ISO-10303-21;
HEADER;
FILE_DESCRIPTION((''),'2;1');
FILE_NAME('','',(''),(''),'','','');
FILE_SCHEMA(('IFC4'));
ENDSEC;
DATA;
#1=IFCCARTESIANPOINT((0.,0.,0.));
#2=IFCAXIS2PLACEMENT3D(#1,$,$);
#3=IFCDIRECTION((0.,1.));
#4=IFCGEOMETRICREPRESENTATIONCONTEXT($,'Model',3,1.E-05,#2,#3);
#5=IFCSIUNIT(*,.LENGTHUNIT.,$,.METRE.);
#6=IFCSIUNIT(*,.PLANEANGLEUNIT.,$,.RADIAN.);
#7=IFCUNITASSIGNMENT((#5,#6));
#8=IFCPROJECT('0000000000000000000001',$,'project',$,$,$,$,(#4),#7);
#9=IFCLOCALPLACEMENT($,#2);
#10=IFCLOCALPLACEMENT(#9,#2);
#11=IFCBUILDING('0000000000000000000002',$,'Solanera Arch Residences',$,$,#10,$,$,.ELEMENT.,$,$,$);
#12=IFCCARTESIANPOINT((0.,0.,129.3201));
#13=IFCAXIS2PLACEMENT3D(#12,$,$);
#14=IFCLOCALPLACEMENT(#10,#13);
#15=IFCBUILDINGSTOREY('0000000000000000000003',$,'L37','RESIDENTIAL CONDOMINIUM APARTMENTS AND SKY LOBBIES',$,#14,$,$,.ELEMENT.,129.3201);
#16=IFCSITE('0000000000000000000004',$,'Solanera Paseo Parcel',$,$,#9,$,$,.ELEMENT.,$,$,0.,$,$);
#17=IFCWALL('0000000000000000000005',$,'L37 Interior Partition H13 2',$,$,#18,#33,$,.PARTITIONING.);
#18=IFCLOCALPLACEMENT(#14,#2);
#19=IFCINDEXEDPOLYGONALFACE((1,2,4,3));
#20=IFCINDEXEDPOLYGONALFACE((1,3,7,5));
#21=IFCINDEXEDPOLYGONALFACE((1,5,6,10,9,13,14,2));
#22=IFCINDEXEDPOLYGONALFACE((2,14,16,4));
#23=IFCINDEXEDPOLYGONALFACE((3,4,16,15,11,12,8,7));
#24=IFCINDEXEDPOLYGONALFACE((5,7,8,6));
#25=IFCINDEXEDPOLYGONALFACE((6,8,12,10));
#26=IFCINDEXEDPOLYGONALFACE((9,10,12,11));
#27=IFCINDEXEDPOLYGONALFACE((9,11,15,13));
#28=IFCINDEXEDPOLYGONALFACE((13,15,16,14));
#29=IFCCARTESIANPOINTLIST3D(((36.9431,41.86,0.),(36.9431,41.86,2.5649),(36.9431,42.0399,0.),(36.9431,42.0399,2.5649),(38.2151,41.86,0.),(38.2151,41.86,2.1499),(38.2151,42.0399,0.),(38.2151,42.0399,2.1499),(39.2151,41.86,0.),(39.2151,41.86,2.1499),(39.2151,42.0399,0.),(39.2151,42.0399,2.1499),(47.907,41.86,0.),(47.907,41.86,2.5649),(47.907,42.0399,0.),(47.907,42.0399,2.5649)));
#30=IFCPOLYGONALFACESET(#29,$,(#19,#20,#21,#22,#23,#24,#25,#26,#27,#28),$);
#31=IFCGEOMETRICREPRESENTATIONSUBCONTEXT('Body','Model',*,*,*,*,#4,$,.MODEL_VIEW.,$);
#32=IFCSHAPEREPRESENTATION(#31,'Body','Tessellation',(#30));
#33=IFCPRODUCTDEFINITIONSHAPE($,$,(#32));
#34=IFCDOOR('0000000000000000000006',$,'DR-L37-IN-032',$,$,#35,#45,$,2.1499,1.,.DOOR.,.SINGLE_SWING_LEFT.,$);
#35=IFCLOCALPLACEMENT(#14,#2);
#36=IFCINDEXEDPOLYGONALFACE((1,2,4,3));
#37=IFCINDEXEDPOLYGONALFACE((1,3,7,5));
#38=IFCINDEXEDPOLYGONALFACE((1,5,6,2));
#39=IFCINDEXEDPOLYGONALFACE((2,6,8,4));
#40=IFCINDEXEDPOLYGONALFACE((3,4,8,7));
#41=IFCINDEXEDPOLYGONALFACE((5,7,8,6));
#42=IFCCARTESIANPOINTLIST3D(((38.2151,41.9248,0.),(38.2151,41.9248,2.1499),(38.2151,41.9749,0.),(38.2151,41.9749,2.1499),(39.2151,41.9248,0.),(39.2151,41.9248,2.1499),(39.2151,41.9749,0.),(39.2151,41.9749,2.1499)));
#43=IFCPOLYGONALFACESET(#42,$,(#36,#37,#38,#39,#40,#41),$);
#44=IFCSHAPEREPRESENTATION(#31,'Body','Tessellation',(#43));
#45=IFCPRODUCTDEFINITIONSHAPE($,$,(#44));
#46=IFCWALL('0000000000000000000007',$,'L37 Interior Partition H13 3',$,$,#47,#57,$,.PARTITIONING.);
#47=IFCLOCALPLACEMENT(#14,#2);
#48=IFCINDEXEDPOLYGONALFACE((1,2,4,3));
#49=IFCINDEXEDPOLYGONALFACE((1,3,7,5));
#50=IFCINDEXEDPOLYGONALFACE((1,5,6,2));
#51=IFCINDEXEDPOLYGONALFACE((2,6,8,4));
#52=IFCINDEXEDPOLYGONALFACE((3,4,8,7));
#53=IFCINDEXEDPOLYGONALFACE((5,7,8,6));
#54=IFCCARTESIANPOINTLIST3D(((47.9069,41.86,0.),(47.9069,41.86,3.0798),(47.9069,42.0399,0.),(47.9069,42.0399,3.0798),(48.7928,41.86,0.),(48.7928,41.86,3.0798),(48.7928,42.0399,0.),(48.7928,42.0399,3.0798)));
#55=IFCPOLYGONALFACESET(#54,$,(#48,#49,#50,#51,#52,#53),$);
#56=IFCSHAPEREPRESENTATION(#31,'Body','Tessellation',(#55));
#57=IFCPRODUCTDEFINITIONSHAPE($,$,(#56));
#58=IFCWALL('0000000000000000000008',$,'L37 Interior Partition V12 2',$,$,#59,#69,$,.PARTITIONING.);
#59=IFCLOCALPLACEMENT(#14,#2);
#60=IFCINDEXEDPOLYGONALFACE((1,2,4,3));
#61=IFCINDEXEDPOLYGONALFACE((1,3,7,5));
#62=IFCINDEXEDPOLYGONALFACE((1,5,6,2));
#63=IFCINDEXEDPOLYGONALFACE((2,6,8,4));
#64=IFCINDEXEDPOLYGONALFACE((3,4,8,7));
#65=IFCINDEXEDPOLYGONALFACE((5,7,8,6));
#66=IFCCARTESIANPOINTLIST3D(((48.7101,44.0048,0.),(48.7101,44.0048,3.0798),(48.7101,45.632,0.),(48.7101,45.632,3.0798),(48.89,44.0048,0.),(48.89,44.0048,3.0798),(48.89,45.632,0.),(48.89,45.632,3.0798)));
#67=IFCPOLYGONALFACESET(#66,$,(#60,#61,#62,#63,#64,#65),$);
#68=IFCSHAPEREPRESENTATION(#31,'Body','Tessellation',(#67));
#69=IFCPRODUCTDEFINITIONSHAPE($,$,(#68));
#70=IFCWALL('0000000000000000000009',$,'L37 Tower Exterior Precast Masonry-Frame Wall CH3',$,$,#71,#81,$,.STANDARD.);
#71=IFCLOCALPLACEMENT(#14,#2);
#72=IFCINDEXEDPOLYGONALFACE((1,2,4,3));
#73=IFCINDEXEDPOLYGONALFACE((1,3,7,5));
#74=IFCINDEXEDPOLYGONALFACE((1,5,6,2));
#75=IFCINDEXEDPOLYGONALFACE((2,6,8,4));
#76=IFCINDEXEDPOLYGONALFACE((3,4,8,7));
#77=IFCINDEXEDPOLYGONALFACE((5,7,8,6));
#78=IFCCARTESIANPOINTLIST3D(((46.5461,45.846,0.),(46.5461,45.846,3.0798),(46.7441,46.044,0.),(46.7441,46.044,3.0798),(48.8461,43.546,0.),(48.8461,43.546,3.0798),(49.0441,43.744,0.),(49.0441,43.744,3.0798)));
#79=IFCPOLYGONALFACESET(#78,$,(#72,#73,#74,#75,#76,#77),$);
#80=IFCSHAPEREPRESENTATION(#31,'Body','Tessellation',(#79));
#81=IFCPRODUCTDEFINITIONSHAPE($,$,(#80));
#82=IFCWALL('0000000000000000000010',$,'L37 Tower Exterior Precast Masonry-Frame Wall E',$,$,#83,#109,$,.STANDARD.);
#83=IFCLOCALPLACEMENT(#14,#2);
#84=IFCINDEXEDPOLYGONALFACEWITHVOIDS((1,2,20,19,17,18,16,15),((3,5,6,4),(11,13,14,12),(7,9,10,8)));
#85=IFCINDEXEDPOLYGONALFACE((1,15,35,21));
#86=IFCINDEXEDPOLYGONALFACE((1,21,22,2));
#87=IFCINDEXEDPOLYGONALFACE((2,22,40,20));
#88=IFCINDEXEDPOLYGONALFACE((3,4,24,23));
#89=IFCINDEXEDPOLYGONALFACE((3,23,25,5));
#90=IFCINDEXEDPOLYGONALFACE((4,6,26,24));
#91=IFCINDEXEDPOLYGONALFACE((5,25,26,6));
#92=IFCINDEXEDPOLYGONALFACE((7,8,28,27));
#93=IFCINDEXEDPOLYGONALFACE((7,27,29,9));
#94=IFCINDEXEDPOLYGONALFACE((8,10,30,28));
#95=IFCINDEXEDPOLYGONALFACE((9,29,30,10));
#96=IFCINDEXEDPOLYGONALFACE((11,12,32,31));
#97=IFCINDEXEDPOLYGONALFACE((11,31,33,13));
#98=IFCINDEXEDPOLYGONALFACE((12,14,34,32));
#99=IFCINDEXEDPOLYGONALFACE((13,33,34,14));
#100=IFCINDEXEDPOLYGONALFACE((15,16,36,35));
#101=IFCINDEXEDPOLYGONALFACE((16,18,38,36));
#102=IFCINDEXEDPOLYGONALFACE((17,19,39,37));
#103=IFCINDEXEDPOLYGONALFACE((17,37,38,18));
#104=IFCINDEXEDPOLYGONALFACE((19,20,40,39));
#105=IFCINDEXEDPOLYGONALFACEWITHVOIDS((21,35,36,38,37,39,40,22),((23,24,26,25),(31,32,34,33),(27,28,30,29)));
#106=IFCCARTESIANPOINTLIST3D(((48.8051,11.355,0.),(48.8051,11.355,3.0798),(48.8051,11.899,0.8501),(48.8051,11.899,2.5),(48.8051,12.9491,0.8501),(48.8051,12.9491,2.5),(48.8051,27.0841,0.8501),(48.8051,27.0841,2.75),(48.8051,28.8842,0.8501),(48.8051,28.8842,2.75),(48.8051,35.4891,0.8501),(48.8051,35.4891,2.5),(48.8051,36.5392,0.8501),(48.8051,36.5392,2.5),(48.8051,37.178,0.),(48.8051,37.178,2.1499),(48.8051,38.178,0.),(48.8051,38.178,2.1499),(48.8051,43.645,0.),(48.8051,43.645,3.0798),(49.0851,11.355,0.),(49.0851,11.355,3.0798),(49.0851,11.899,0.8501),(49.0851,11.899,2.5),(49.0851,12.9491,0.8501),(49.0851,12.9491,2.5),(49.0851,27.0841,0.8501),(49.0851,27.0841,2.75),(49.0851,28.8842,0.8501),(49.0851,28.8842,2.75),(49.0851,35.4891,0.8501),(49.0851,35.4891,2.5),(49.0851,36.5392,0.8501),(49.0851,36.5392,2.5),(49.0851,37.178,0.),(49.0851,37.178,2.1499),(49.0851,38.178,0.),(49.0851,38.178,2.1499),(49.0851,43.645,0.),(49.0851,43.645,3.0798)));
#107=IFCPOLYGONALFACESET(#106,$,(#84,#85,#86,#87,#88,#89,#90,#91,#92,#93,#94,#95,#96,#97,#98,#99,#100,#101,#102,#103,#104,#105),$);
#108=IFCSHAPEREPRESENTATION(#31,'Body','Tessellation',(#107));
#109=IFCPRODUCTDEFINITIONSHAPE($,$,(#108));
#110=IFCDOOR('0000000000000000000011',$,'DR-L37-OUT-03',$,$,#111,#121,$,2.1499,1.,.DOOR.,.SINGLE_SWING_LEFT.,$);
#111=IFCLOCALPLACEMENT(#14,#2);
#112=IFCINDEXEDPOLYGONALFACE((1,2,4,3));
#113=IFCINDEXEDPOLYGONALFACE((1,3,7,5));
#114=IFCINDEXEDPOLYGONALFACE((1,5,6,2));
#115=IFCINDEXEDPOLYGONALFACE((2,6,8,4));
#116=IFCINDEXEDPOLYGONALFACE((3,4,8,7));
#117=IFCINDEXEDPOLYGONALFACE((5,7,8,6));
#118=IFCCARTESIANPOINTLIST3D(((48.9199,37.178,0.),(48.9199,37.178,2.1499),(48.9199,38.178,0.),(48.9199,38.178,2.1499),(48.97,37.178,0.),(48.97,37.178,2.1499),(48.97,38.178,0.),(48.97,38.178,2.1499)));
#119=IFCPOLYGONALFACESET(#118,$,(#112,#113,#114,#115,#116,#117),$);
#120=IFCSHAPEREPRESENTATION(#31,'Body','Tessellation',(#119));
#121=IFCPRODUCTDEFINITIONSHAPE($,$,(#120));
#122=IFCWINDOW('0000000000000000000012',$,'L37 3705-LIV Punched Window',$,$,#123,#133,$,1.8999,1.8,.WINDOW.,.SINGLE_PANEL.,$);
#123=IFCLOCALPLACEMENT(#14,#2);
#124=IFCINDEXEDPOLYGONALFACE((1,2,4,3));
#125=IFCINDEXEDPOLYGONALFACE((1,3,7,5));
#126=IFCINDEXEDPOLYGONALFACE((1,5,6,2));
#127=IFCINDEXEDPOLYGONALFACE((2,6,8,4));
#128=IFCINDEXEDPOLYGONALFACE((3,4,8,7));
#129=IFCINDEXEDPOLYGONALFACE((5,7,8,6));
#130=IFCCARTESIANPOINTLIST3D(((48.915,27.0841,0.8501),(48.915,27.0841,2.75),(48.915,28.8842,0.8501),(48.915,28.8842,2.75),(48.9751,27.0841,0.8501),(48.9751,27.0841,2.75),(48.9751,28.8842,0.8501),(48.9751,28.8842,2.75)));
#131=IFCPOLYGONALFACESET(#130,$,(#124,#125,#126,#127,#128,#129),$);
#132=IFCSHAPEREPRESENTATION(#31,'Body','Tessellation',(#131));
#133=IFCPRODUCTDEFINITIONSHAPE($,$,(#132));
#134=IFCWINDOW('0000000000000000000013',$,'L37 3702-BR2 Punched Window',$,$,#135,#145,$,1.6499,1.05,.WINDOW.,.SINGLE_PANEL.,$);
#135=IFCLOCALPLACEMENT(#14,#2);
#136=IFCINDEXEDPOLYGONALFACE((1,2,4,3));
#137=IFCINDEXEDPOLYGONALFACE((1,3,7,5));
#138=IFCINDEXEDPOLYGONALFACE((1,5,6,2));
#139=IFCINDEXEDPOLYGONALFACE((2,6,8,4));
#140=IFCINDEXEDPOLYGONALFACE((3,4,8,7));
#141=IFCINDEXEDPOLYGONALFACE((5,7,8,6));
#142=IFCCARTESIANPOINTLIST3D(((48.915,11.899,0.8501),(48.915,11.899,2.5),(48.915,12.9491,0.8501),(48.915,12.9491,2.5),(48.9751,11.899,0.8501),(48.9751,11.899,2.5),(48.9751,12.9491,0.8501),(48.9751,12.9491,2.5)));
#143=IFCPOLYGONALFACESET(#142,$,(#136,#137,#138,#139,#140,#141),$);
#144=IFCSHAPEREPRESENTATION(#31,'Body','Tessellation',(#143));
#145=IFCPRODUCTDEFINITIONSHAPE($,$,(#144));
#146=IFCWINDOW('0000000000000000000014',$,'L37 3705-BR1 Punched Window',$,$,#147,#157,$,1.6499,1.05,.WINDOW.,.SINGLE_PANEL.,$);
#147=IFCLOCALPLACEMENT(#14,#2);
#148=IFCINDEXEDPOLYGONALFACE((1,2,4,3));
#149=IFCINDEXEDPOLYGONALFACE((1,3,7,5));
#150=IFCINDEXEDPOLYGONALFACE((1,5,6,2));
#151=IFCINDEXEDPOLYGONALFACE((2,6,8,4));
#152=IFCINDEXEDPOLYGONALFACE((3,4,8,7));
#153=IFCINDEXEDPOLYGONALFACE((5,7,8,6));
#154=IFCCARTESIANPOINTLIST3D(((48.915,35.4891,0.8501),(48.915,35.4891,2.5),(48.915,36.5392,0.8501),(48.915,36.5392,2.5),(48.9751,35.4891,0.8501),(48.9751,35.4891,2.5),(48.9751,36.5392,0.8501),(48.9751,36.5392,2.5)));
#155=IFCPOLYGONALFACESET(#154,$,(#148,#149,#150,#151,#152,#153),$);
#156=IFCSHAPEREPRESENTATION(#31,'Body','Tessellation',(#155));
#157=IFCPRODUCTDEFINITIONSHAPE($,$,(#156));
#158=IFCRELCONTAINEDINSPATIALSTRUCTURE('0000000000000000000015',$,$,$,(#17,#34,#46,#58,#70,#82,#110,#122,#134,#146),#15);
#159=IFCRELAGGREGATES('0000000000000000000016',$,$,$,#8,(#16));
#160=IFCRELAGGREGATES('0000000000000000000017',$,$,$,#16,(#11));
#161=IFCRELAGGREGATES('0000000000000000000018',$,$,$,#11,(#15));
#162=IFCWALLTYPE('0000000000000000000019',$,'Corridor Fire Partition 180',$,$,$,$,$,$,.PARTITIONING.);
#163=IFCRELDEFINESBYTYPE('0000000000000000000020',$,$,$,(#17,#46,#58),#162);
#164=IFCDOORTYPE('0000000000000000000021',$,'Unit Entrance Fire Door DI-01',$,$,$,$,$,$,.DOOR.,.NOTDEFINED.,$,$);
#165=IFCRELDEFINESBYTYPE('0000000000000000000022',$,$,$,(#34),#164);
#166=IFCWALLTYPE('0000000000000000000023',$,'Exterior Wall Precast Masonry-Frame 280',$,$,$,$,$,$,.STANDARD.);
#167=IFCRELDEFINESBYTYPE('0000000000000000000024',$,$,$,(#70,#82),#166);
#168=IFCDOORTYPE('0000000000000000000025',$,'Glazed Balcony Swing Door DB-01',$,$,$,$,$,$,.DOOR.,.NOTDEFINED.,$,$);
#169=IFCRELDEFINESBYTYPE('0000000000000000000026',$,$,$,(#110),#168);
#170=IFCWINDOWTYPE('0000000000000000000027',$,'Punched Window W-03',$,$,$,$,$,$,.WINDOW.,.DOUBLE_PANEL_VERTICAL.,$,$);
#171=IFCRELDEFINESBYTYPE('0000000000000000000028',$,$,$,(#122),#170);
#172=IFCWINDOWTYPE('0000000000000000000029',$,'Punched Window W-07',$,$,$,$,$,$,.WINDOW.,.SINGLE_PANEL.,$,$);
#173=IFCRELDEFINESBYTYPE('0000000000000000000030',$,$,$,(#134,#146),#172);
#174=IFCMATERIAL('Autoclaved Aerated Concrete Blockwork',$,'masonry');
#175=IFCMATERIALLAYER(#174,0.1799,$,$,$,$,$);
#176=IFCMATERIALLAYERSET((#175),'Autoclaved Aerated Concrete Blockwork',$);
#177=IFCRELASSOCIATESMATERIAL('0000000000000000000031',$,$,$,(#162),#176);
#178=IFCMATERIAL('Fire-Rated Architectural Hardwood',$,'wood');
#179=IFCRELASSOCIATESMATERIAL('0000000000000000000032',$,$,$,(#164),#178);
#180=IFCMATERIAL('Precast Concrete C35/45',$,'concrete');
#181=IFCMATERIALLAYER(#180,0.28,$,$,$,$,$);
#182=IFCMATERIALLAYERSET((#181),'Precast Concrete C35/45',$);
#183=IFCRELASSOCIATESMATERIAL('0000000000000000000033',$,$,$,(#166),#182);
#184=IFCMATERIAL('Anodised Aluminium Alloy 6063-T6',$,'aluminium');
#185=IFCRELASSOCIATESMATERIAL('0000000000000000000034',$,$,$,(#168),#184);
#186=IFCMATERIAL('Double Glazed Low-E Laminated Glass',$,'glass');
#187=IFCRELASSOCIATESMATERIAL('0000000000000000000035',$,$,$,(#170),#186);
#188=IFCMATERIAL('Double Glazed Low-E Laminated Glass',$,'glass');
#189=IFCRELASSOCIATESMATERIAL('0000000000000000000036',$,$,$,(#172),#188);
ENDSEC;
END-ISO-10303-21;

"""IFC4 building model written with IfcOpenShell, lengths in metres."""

from ifc_helpers import new_model, si_unit, direction, frame, frame_2d, origin, place, context, subcontext, project, spatial, rectangle, extrude, material, layer, layer_set, type_object, element, fill, save


model = new_model("IFC4")

# Units and contexts
model_context = context("Model", 3, precision=1e-05, world=origin(), true_north=direction((0.0, 1.0)))
body_context = subcontext(model_context, "Body", "Model", "MODEL_VIEW")
ifc_project = project(units=[si_unit("LENGTHUNIT", "METRE"), si_unit("PLANEANGLEUNIT", "RADIAN")], contexts=[model_context])

# Site, building, storey
site_placement = place(None, origin())
site = spatial("IfcSite", under=ifc_project, at=site_placement, Name="Solanera Paseo Parcel", CompositionType="ELEMENT", RefElevation=0.0)
building_placement = place(site_placement, origin())
building = spatial("IfcBuilding", under=site, at=building_placement, Name="Solanera Arch Residences", CompositionType="ELEMENT")
storey_placement = place(building_placement, frame((0.0, 0.0, 129.3201)))
storey = spatial("IfcBuildingStorey", under=building, at=storey_placement, Name="L37", Description="RESIDENTIAL CONDOMINIUM APARTMENTS AND SKY LOBBIES", CompositionType="ELEMENT", Elevation=129.3201)

# Shared definitions
ifc_material_1 = material(Name="Autoclaved Aerated Concrete Blockwork", Category="masonry")
ifc_layer_1 = layer(ifc_material_1, 0.1799)
ifc_layer_set_1 = layer_set([ifc_layer_1], Name="Autoclaved Aerated Concrete Blockwork")
wall_type_1 = type_object("IfcWallType", Name="Corridor Fire Partition 180", PredefinedType="PARTITIONING", material=ifc_layer_set_1)

# Wall, opening, door
wall_1_placement = place(storey_placement, frame((36.9431, 41.95, 0.0), z_axis=(0.0, 0.0, 1.0), x_axis=(1.0, 0.0, 0.0)))
wall_1 = element("IfcWall", 1, at=wall_1_placement, inside=storey, type_object=wall_type_1, Name="L37 Interior Partition H13 2", PredefinedType="PARTITIONING", context=body_context, shape_type="SweptSolid", body=[
    extrude(rectangle(XDim=10.9639, YDim=0.1799, at=frame_2d((5.4819, 0.0))), origin(), (0.0, 0.0, 1.0), 2.5649),
])
opening_1_placement = place(wall_1_placement, frame((1.272, 0.0, 0.0)))
opening_1 = element("IfcOpeningElement", 2, at=opening_1_placement, cuts=wall_1, PredefinedType="OPENING", context=body_context, shape_type="SweptSolid", body=[
    extrude(rectangle(XDim=1.0, YDim=2.1499, at=frame_2d((0.5, 1.075))), frame((0.0, 0.1001, 0.0), z_axis=(0.0, -1.0, 0.0), x_axis=(1.0, 0.0, 0.0)), (0.0, 0.0, 1.0), 0.1999),
])
ifc_material_2 = material(Name="Fire-Rated Architectural Hardwood", Category="wood")
door_type_1 = type_object("IfcDoorType", Name="Unit Entrance Fire Door DI-01", OperationType="NOTDEFINED", PredefinedType="DOOR", material=ifc_material_2)
door_1_placement = place(opening_1_placement, origin())
door_1 = element("IfcDoor", 3, at=door_1_placement, inside=storey, type_object=door_type_1, Name="DR-L37-IN-032", OperationType="SINGLE_SWING_LEFT", OverallHeight=2.1499, OverallWidth=1.0, PredefinedType="DOOR", context=body_context, shape_type="SweptSolid", body=[
    extrude(rectangle(XDim=1.0, YDim=2.1499, at=frame_2d((0.5, 1.075))), frame((0.0, 0.0249, 0.0), z_axis=(0.0, -1.0, 0.0), x_axis=(1.0, 0.0, 0.0)), (0.0, 0.0, 1.0), 0.05),
])
fill(opening_1, door_1)

# Walls
wall_2_placement = place(storey_placement, frame((47.907, 41.95, 0.0), z_axis=(0.0, 0.0, 1.0), x_axis=(1.0, 0.0, 0.0)))
element("IfcWall", 4, at=wall_2_placement, inside=storey, type_object=wall_type_1, Name="L37 Interior Partition H13 3", PredefinedType="PARTITIONING", context=body_context, shape_type="SweptSolid", body=[
    extrude(rectangle(XDim=0.886, YDim=0.1799, at=frame_2d((0.4429, 0.0))), origin(), (0.0, 0.0, 1.0), 3.0798),
])
wall_3_placement = place(storey_placement, frame((48.8, 44.0049, 0.0), z_axis=(0.0, 0.0, 1.0), x_axis=(0.0, 1.0, 0.0)))
element("IfcWall", 5, at=wall_3_placement, inside=storey, type_object=wall_type_1, Name="L37 Interior Partition V12 2", PredefinedType="PARTITIONING", context=body_context, shape_type="SweptSolid", body=[
    extrude(rectangle(XDim=1.6272, YDim=0.1799, at=frame_2d((0.8135, 0.0))), origin(), (0.0, 0.0, 1.0), 3.0798),
])
ifc_material_3 = material(Name="Precast Concrete C35/45", Category="concrete")
ifc_layer_2 = layer(ifc_material_3, 0.28)
ifc_layer_set_2 = layer_set([ifc_layer_2], Name="Precast Concrete C35/45")
wall_type_2 = type_object("IfcWallType", Name="Exterior Wall Precast Masonry-Frame 280", PredefinedType="STANDARD", material=ifc_layer_set_2)
wall_4_placement = place(storey_placement, frame((46.645, 45.9451, 0.0), z_axis=(0.0, 0.0, 1.0), x_axis=(0.707107, -0.707107, 0.0)))
element("IfcWall", 6, at=wall_4_placement, inside=storey, type_object=wall_type_2, Name="L37 Tower Exterior Precast Masonry-Frame Wall CH3", PredefinedType="STANDARD", context=body_context, shape_type="SweptSolid", body=[
    extrude(rectangle(XDim=3.2527, YDim=0.28, at=frame_2d((1.6265, 0.0))), origin(), (0.0, 0.0, 1.0), 3.0798),
])

# Wall, openings, door, windows
wall_5_placement = place(storey_placement, frame((48.9451, 43.645, 0.0), z_axis=(0.0, 0.0, 1.0), x_axis=(0.0, -1.0, 0.0)))
wall_5 = element("IfcWall", 7, at=wall_5_placement, inside=storey, type_object=wall_type_2, Name="L37 Tower Exterior Precast Masonry-Frame Wall E", PredefinedType="STANDARD", context=body_context, shape_type="SweptSolid", body=[
    extrude(rectangle(XDim=32.29, YDim=0.28, at=frame_2d((16.145, 0.0))), origin(), (0.0, 0.0, 1.0), 3.0798),
])
opening_2_placement = place(wall_5_placement, frame((5.467, 0.0, 0.0)))
opening_2 = element("IfcOpeningElement", 8, at=opening_2_placement, cuts=wall_5, PredefinedType="OPENING", context=body_context, shape_type="SweptSolid", body=[
    extrude(rectangle(XDim=1.0, YDim=2.1499, at=frame_2d((0.5, 1.075))), frame((0.0, 0.1499, 0.0), z_axis=(0.0, -1.0, 0.0), x_axis=(1.0, 0.0, 0.0)), (0.0, 0.0, 1.0), 0.3),
])
opening_3_placement = place(wall_5_placement, frame((30.696, 0.0, 0.8501)))
opening_3 = element("IfcOpeningElement", 9, at=opening_3_placement, cuts=wall_5, PredefinedType="OPENING", context=body_context, shape_type="SweptSolid", body=[
    extrude(rectangle(XDim=1.05, YDim=1.6499, at=frame_2d((0.5249, 0.825))), frame((0.0, 0.1499, 0.0), z_axis=(0.0, -1.0, 0.0), x_axis=(1.0, 0.0, 0.0)), (0.0, 0.0, 1.0), 0.3),
])
opening_4_placement = place(wall_5_placement, frame((14.761, 0.0, 0.8501)))
opening_4 = element("IfcOpeningElement", 10, at=opening_4_placement, cuts=wall_5, PredefinedType="OPENING", context=body_context, shape_type="SweptSolid", body=[
    extrude(rectangle(XDim=1.8, YDim=1.8999, at=frame_2d((0.8999, 0.95))), frame((0.0, 0.1499, 0.0), z_axis=(0.0, -1.0, 0.0), x_axis=(1.0, 0.0, 0.0)), (0.0, 0.0, 1.0), 0.3),
])
opening_5_placement = place(wall_5_placement, frame((7.106, 0.0, 0.8501)))
opening_5 = element("IfcOpeningElement", 11, at=opening_5_placement, cuts=wall_5, PredefinedType="OPENING", context=body_context, shape_type="SweptSolid", body=[
    extrude(rectangle(XDim=1.05, YDim=1.6499, at=frame_2d((0.5249, 0.825))), frame((0.0, 0.1499, 0.0), z_axis=(0.0, -1.0, 0.0), x_axis=(1.0, 0.0, 0.0)), (0.0, 0.0, 1.0), 0.3),
])
ifc_material_4 = material(Name="Anodised Aluminium Alloy 6063-T6", Category="aluminium")
door_type_2 = type_object("IfcDoorType", Name="Glazed Balcony Swing Door DB-01", OperationType="NOTDEFINED", PredefinedType="DOOR", material=ifc_material_4)
door_2_placement = place(opening_2_placement, origin())
door_2 = element("IfcDoor", 12, at=door_2_placement, inside=storey, type_object=door_type_2, Name="DR-L37-OUT-03", OperationType="SINGLE_SWING_LEFT", OverallHeight=2.1499, OverallWidth=1.0, PredefinedType="DOOR", context=body_context, shape_type="SweptSolid", body=[
    extrude(rectangle(XDim=1.0, YDim=2.1499, at=frame_2d((0.5, 1.075))), frame((0.0, 0.0249, 0.0), z_axis=(0.0, -1.0, 0.0), x_axis=(1.0, 0.0, 0.0)), (0.0, 0.0, 1.0), 0.05),
])
fill(opening_2, door_2)
ifc_material_5 = material(Name="Double Glazed Low-E Laminated Glass", Category="glass")
window_type_1 = type_object("IfcWindowType", Name="Punched Window W-03", PartitioningType="DOUBLE_PANEL_VERTICAL", PredefinedType="WINDOW", material=ifc_material_5)
window_1_placement = place(opening_4_placement, origin())
window_1 = element("IfcWindow", 13, at=window_1_placement, inside=storey, type_object=window_type_1, Name="L37 3705-LIV Punched Window", OverallHeight=1.8999, OverallWidth=1.8, PartitioningType="SINGLE_PANEL", PredefinedType="WINDOW", context=body_context, shape_type="SweptSolid", body=[
    extrude(rectangle(XDim=1.8, YDim=1.8999, at=frame_2d((0.8999, 0.95))), frame((0.0, 0.03, 0.0), z_axis=(0.0, -1.0, 0.0), x_axis=(1.0, 0.0, 0.0)), (0.0, 0.0, 1.0), 0.0601),
])
fill(opening_4, window_1)
ifc_material_6 = material(Name="Double Glazed Low-E Laminated Glass", Category="glass")
window_type_2 = type_object("IfcWindowType", Name="Punched Window W-07", PartitioningType="SINGLE_PANEL", PredefinedType="WINDOW", material=ifc_material_6)
window_2_placement = place(opening_3_placement, origin())
window_2 = element("IfcWindow", 14, at=window_2_placement, inside=storey, type_object=window_type_2, Name="L37 3702-BR2 Punched Window", OverallHeight=1.6499, OverallWidth=1.05, PartitioningType="SINGLE_PANEL", PredefinedType="WINDOW", context=body_context, shape_type="SweptSolid", body=[
    extrude(rectangle(XDim=1.05, YDim=1.6499, at=frame_2d((0.5249, 0.825))), frame((0.0, 0.03, 0.0), z_axis=(0.0, -1.0, 0.0), x_axis=(1.0, 0.0, 0.0)), (0.0, 0.0, 1.0), 0.0601),
])
fill(opening_3, window_2)
window_3_placement = place(opening_5_placement, origin())
window_3 = element("IfcWindow", 15, at=window_3_placement, inside=storey, type_object=window_type_2, Name="L37 3705-BR1 Punched Window", OverallHeight=1.6499, OverallWidth=1.05, PartitioningType="SINGLE_PANEL", PredefinedType="WINDOW", context=body_context, shape_type="SweptSolid", body=[
    extrude(rectangle(XDim=1.05, YDim=1.6499, at=frame_2d((0.5249, 0.825))), frame((0.0, 0.03, 0.0), z_axis=(0.0, -1.0, 0.0), x_axis=(1.0, 0.0, 0.0)), (0.0, 0.0, 1.0), 0.0601),
])
fill(opening_5, window_3)

save(model, "model.ifc")
